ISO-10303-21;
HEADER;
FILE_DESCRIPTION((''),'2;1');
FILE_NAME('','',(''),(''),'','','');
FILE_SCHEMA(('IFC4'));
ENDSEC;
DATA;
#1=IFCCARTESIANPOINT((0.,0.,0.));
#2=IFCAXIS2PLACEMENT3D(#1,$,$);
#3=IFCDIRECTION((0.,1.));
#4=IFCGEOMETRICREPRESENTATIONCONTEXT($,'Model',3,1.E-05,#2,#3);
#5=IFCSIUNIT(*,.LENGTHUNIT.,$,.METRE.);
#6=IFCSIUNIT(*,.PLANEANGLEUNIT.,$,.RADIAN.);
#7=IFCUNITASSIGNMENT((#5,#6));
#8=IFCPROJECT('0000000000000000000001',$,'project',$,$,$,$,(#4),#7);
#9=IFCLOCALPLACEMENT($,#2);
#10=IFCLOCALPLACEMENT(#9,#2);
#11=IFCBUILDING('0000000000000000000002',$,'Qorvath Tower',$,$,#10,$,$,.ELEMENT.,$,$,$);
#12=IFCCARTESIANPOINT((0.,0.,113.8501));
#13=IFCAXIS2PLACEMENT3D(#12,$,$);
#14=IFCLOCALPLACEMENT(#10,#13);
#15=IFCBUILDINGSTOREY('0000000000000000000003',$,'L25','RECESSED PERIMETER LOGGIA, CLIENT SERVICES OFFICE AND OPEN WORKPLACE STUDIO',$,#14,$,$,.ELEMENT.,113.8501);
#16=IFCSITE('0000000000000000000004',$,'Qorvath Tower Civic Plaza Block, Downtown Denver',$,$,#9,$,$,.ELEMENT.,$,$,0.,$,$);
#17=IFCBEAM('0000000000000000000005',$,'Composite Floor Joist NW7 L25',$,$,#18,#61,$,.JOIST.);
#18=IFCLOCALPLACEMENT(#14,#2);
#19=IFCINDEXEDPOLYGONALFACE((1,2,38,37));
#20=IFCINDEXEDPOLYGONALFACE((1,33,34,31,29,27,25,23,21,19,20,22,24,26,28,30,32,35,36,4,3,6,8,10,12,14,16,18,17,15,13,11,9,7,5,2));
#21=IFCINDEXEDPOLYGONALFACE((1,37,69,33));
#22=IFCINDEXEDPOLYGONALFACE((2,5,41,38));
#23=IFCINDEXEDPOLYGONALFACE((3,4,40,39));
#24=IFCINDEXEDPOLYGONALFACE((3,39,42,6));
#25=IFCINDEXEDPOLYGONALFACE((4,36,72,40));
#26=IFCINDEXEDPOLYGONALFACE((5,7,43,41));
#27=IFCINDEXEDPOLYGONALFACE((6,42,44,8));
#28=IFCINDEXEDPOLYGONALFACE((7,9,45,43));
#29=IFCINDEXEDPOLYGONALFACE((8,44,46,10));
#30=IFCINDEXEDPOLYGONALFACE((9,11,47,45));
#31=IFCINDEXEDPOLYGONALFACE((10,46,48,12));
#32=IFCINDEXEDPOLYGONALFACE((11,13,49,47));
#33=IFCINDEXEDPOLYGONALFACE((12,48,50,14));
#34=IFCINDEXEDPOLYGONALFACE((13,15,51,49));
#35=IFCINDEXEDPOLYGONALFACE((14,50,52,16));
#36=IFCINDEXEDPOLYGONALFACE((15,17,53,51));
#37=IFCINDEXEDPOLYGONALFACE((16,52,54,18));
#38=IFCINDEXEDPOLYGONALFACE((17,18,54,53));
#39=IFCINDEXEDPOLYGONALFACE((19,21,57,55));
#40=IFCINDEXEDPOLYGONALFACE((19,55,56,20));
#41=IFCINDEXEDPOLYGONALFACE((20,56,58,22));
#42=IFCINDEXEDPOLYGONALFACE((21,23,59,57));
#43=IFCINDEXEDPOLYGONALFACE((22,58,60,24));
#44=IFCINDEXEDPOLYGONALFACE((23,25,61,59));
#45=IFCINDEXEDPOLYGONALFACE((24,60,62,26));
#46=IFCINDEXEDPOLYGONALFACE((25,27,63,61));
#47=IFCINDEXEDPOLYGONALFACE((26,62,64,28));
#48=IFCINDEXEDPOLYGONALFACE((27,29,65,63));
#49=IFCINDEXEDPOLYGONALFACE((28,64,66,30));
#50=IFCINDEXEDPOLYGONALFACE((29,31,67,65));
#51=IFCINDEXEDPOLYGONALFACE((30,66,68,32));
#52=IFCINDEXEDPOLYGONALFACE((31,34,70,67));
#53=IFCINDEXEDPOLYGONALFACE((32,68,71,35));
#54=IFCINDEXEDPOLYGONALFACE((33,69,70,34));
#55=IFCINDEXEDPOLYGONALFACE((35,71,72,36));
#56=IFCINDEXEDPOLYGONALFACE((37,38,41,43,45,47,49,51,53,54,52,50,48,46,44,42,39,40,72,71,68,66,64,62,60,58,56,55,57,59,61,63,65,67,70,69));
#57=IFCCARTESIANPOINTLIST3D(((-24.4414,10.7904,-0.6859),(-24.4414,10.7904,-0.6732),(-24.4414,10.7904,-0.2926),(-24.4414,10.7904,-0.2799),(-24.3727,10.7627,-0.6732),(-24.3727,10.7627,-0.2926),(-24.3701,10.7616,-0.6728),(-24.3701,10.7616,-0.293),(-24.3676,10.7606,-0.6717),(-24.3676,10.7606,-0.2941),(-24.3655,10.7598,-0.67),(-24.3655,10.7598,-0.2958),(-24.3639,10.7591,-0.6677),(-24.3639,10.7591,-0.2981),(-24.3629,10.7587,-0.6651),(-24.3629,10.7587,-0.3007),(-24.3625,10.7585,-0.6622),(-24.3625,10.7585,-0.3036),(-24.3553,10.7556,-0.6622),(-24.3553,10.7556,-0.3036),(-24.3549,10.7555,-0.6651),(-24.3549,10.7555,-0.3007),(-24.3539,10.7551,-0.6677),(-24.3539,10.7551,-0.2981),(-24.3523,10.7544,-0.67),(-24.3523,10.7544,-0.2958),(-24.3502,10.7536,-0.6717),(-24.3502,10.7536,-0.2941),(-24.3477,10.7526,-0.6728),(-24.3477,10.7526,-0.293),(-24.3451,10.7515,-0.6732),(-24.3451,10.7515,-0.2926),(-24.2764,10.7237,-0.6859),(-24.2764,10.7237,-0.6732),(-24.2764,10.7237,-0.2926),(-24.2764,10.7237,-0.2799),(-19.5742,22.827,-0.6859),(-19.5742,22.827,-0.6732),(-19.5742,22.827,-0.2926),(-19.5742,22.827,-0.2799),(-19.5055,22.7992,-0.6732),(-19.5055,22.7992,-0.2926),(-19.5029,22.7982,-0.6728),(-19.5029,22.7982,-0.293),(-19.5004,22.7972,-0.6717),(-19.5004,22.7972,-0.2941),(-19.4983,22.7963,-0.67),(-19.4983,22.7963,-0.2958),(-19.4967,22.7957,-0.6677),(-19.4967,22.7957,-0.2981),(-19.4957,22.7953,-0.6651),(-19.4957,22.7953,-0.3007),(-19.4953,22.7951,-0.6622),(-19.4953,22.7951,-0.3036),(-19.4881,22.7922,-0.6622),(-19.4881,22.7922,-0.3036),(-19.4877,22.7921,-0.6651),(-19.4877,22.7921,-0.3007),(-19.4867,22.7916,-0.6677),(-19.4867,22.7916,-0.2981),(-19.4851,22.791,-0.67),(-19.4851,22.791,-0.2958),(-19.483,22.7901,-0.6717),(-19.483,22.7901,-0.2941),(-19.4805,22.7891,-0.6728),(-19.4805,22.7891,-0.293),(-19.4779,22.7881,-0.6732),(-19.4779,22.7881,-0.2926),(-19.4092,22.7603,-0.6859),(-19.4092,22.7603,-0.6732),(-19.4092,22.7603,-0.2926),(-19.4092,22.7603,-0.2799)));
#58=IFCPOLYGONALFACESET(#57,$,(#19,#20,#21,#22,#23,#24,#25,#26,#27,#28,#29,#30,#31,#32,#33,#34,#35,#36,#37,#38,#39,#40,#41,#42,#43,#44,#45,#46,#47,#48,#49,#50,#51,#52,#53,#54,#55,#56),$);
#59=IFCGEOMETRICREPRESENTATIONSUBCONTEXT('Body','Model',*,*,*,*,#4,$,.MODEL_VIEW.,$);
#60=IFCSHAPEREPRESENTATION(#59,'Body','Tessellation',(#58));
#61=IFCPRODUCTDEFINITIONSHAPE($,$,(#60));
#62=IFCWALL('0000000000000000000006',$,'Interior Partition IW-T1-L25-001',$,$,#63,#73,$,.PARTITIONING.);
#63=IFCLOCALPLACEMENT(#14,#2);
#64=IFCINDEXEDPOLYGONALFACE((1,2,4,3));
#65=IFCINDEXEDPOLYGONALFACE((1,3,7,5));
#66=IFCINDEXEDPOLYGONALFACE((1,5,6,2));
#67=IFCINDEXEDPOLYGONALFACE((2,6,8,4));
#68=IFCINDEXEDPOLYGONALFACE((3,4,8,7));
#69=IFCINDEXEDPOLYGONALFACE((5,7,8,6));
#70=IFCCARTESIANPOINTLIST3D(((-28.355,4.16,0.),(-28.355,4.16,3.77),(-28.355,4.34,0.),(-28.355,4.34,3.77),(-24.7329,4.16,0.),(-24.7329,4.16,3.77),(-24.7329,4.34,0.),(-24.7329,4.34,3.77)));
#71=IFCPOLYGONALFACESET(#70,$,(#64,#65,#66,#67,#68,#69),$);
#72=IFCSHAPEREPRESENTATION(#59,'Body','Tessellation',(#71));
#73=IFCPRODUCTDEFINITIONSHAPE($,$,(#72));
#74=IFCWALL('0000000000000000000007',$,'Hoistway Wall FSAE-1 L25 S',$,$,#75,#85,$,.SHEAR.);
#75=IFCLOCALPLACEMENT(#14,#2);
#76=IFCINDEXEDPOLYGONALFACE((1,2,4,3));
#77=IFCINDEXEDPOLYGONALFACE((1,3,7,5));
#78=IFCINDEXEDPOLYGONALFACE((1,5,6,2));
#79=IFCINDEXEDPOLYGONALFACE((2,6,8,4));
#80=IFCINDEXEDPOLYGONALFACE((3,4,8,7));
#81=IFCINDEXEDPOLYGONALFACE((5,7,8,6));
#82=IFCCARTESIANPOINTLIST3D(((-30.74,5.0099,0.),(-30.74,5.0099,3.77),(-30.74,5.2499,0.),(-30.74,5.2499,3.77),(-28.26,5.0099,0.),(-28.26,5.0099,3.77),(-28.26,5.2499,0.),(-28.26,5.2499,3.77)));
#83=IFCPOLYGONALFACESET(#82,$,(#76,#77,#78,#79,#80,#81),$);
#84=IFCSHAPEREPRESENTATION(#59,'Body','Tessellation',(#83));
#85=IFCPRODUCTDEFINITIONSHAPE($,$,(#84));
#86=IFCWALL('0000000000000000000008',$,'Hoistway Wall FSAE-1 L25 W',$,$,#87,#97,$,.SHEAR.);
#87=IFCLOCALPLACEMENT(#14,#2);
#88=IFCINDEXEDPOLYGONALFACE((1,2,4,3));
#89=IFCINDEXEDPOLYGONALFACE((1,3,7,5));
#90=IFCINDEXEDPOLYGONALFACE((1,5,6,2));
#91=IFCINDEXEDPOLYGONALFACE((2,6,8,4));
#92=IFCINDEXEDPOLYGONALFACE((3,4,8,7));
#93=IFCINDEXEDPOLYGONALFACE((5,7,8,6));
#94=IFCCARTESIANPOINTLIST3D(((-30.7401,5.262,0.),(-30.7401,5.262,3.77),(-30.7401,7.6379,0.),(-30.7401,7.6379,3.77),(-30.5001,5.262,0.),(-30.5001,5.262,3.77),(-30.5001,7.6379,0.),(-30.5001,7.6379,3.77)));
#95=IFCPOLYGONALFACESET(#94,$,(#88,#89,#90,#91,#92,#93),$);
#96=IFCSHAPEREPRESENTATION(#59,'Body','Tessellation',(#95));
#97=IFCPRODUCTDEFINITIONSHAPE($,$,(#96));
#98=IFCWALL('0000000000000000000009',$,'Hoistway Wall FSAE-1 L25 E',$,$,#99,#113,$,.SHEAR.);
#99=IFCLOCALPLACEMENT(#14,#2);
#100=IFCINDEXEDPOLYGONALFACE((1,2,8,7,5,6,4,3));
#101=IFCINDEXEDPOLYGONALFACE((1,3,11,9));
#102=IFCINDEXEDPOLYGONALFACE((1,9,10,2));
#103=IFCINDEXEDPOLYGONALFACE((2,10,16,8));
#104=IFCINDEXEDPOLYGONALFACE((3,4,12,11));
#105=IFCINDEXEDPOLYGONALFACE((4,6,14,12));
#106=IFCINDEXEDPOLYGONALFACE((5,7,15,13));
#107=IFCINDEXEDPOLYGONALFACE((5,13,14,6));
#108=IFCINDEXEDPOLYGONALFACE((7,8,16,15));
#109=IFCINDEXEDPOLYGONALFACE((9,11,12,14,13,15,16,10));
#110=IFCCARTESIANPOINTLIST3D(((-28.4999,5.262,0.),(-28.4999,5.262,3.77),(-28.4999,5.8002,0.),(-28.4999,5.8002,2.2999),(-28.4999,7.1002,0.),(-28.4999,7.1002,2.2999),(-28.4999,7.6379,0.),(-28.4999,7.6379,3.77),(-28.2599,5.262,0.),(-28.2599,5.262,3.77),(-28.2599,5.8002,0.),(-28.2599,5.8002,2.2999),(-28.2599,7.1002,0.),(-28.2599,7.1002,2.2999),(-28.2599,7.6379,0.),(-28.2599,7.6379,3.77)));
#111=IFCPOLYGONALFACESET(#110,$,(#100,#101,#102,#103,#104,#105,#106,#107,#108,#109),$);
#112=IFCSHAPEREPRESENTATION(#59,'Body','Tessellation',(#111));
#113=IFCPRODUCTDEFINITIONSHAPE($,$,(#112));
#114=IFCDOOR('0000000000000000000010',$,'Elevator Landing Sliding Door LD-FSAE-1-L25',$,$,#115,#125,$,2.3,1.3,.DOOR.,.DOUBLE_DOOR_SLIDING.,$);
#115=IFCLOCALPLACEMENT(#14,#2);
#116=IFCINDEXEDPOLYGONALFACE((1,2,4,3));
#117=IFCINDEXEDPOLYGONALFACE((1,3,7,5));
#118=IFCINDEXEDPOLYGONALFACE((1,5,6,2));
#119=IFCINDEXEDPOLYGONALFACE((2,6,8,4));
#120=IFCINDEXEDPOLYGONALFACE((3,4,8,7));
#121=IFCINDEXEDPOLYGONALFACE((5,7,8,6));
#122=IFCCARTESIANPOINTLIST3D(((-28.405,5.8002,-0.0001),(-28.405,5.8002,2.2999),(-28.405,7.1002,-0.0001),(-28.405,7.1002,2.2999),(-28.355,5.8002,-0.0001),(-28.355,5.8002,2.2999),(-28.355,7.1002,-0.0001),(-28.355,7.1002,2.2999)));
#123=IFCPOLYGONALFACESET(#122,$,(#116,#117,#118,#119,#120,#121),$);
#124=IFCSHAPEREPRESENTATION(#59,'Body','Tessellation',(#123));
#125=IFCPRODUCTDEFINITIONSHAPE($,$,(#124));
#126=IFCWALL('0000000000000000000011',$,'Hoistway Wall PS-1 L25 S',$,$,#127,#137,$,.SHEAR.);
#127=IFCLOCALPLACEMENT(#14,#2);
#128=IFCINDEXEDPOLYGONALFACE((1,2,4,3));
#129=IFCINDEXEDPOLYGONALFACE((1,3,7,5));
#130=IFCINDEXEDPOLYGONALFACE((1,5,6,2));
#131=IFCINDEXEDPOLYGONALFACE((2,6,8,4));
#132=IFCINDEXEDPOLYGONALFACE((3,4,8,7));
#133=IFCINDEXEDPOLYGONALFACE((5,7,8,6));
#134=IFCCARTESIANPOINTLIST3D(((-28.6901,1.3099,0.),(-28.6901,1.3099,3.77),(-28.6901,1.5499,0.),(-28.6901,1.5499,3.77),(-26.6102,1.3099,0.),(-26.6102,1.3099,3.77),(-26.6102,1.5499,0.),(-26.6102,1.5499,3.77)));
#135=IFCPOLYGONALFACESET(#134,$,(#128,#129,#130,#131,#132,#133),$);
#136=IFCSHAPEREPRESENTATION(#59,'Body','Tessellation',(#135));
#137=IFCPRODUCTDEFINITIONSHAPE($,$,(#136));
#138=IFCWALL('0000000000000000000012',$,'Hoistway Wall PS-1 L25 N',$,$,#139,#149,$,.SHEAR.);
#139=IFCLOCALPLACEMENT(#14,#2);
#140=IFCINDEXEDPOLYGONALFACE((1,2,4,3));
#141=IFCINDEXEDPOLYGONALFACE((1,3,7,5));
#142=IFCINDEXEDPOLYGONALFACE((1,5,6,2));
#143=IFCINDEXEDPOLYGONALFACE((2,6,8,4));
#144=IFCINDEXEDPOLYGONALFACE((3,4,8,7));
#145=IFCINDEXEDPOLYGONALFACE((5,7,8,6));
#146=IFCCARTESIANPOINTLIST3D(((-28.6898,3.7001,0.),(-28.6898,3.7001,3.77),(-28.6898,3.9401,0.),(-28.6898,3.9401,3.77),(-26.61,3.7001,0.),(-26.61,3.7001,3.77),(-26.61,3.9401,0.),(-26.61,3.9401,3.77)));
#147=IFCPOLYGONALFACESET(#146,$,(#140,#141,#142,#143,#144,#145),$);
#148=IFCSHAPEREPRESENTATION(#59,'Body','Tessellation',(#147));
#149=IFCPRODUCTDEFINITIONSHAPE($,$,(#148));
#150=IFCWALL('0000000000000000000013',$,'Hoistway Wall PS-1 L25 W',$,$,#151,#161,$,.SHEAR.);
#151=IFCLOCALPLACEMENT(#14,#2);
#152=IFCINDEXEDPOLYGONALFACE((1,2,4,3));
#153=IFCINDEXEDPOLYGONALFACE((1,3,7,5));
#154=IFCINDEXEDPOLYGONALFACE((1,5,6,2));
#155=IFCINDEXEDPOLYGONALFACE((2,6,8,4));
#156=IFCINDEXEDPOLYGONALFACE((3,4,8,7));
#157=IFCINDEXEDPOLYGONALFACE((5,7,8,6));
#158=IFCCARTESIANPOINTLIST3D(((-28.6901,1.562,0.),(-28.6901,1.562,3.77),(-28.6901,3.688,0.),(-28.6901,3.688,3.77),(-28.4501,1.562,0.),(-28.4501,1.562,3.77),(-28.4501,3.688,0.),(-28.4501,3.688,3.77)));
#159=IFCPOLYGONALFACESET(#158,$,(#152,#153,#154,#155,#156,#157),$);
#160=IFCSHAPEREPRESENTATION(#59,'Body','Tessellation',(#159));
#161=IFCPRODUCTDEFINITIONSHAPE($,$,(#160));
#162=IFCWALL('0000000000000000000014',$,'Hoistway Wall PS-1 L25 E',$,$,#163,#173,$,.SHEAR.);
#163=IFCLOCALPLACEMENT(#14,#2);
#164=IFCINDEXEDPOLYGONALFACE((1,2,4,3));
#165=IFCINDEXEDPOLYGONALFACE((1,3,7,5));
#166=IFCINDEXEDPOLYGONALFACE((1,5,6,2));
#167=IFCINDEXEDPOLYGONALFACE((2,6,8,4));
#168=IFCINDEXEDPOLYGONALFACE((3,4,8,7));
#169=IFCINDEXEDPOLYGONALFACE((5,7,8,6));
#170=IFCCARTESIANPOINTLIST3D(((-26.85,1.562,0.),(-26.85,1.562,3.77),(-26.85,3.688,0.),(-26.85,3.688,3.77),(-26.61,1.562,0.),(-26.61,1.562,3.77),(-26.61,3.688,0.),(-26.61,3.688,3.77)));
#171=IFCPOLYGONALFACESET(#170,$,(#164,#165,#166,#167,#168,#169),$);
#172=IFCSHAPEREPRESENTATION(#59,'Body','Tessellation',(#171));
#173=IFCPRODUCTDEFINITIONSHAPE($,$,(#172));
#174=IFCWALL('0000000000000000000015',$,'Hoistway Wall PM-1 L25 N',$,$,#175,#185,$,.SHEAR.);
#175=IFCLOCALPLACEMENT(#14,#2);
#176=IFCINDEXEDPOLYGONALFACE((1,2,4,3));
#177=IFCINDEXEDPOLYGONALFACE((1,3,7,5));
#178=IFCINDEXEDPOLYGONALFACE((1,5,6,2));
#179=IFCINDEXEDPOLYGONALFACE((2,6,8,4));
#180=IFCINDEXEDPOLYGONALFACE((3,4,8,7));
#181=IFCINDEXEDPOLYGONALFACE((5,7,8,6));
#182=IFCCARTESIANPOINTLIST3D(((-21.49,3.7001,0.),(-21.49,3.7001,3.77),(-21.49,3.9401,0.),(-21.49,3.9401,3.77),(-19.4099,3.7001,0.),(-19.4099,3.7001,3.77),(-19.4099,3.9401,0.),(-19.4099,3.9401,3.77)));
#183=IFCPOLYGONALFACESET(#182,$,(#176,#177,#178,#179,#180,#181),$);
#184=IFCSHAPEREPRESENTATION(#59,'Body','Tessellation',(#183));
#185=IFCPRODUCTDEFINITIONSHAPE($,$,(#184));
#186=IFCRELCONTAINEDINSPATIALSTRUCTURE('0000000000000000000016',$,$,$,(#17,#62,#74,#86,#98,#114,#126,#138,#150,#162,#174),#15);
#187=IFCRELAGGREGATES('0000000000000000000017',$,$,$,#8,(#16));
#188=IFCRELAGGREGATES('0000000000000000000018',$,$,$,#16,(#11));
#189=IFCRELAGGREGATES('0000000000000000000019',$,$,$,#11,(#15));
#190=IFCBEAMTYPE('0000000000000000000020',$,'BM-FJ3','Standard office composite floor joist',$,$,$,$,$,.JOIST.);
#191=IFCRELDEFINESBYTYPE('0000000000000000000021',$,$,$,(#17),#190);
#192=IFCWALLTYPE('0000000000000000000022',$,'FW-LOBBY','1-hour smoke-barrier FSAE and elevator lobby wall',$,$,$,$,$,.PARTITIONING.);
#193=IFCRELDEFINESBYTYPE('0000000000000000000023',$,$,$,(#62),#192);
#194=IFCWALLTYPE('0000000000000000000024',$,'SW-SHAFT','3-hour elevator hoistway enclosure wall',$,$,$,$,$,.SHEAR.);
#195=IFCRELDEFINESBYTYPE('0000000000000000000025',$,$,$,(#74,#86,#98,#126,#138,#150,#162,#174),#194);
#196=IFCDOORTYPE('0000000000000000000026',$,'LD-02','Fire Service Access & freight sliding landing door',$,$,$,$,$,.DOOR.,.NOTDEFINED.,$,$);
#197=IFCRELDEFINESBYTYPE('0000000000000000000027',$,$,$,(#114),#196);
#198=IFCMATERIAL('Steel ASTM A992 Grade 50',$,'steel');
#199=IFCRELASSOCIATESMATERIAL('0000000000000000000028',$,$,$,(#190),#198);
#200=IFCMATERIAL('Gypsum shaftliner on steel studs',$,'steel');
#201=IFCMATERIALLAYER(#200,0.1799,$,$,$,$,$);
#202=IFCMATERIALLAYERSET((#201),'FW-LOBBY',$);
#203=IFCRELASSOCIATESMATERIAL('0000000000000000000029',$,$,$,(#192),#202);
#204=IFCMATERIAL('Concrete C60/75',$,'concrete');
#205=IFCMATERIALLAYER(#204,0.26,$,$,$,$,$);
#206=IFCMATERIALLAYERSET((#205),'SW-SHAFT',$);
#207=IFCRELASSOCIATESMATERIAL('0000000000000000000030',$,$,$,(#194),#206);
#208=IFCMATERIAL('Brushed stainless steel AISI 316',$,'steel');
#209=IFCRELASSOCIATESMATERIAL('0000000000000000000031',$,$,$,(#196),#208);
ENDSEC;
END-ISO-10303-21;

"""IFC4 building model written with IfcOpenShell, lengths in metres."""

from ifc_helpers import new_model, si_unit, direction, frame, frame_2d, origin, origin_2d, place, context, subcontext, project, spatial, rectangle, i_section, extrude, material, layer, layer_set, material_profile, profile_set, type_object, element, fill, save


model = new_model("IFC4")

# Units and contexts
model_context = context("Model", 3, precision=1e-05, world=origin(), true_north=direction((0.0, 1.0)))
body_context = subcontext(model_context, "Body", "Model", "MODEL_VIEW")
ifc_project = project(units=[si_unit("LENGTHUNIT", "METRE"), si_unit("PLANEANGLEUNIT", "RADIAN")], contexts=[model_context])

# Site, building, storey
site_placement = place(None, origin())
site = spatial("IfcSite", under=ifc_project, at=site_placement, Name="Qorvath Tower Civic Plaza Block, Downtown Denver", CompositionType="ELEMENT", RefElevation=0.0)
building_placement = place(site_placement, origin())
building = spatial("IfcBuilding", under=site, at=building_placement, Name="Qorvath Tower", CompositionType="ELEMENT")
storey_placement = place(building_placement, frame((0.0, 0.0, 113.8501)))
storey = spatial("IfcBuildingStorey", under=building, at=storey_placement, Name="L25", Description="RECESSED PERIMETER LOGGIA, CLIENT SERVICES OFFICE AND OPEN WORKPLACE STUDIO", CompositionType="ELEMENT", Elevation=113.8501)

# Beam
ifc_material_1 = material(Name="Steel ASTM A992 Grade 50", Category="steel")
ifc_material_profile_1 = material_profile(ifc_material_1, i_section(OverallWidth=0.178, OverallDepth=0.406, WebThickness=0.0078, FlangeThickness=0.0127, FilletRadius=0.011, at=origin_2d()), Name="W16x40")
ifc_profile_set_1 = profile_set([ifc_material_profile_1], Name="Steel ASTM A992 Grade 50")
beam_type_1 = type_object("IfcBeamType", Name="BM-FJ3", Description="Standard office composite floor joist", PredefinedType="JOIST", material=ifc_profile_set_1)
beam_1_placement = place(storey_placement, frame((-24.3589, 10.7571, -0.4829), z_axis=(0.374877, 0.927075, 0.0), x_axis=(-0.927075, 0.374877, 0.0)))
element("IfcBeam", 1, at=beam_1_placement, inside=storey, type_object=beam_type_1, Name="Composite Floor Joist NW7 L25", PredefinedType="JOIST", context=body_context, shape_type="SweptSolid", body=[
    extrude(i_section(OverallWidth=0.178, OverallDepth=0.406, WebThickness=0.0078, FlangeThickness=0.0127, FilletRadius=0.011, at=origin_2d()), origin(), (0.0, 0.0, 1.0), 12.9834),
])

# Wall
ifc_material_2 = material(Name="Gypsum shaftliner on steel studs", Category="steel")
ifc_layer_1 = layer(ifc_material_2, 0.1799)
ifc_layer_set_1 = layer_set([ifc_layer_1], Name="FW-LOBBY")
wall_type_1 = type_object("IfcWallType", Name="FW-LOBBY", Description="1-hour smoke-barrier FSAE and elevator lobby wall", PredefinedType="PARTITIONING", material=ifc_layer_set_1)
wall_1_placement = place(storey_placement, frame((-28.355, 4.25, 0.0), z_axis=(0.0, 0.0, 1.0), x_axis=(1.0, 0.0, 0.0)))
element("IfcWall", 2, at=wall_1_placement, inside=storey, type_object=wall_type_1, Name="Interior Partition IW-T1-L25-001", PredefinedType="PARTITIONING", context=body_context, shape_type="SweptSolid", body=[
    extrude(rectangle(XDim=3.6221, YDim=0.1799, at=frame_2d((1.811, 0.0))), origin(), (0.0, 0.0, 1.0), 3.77),
])

# Walls
ifc_material_3 = material(Name="Concrete C60/75", Category="concrete")
ifc_layer_2 = layer(ifc_material_3, 0.26)
ifc_layer_set_2 = layer_set([ifc_layer_2], Name="SW-SHAFT")
wall_type_2 = type_object("IfcWallType", Name="SW-SHAFT", Description="3-hour elevator hoistway enclosure wall", PredefinedType="SHEAR", material=ifc_layer_set_2)
wall_2_placement = place(storey_placement, frame((-28.26, 5.1299, 0.0), z_axis=(0.0, 0.0, 1.0), x_axis=(-1.0, 0.0, 0.0)))
element("IfcWall", 3, at=wall_2_placement, inside=storey, type_object=wall_type_2, Name="Hoistway Wall FSAE-1 L25 S", PredefinedType="SHEAR", context=body_context, shape_type="SweptSolid", body=[
    extrude(rectangle(XDim=2.48, YDim=0.24, at=frame_2d((1.24, 0.0))), origin(), (0.0, 0.0, 1.0), 3.77),
])
wall_3_placement = place(storey_placement, frame((-30.6201, 5.262, 0.0), z_axis=(0.0, 0.0, 1.0), x_axis=(0.0, 1.0, 0.0)))
element("IfcWall", 4, at=wall_3_placement, inside=storey, type_object=wall_type_2, Name="Hoistway Wall FSAE-1 L25 W", PredefinedType="SHEAR", context=body_context, shape_type="SweptSolid", body=[
    extrude(rectangle(XDim=2.376, YDim=0.24, at=frame_2d((1.188, 0.0))), origin(), (0.0, 0.0, 1.0), 3.77),
])

# Wall, opening, door
wall_4_placement = place(storey_placement, frame((-28.3799, 7.6379, 0.0), z_axis=(0.0, 0.0, 1.0), x_axis=(0.0, -1.0, 0.0)))
wall_4 = element("IfcWall", 5, at=wall_4_placement, inside=storey, type_object=wall_type_2, Name="Hoistway Wall FSAE-1 L25 E", PredefinedType="SHEAR", context=body_context, shape_type="SweptSolid", body=[
    extrude(rectangle(XDim=2.376, YDim=0.24, at=frame_2d((1.188, 0.0))), origin(), (0.0, 0.0, 1.0), 3.77),
])
opening_1_placement = place(wall_4_placement, frame((0.5378, 0.0, 0.0)))
opening_1 = element("IfcOpeningElement", 6, at=opening_1_placement, cuts=wall_4, PredefinedType="OPENING", context=body_context, shape_type="SweptSolid", body=[
    extrude(rectangle(XDim=1.3, YDim=2.3, at=frame_2d((0.6499, 1.1499))), frame((0.0, 0.1299, 0.0), z_axis=(0.0, -1.0, 0.0), x_axis=(1.0, 0.0, 0.0)), (0.0, 0.0, 1.0), 0.26),
])
ifc_material_4 = material(Name="Brushed stainless steel AISI 316", Category="steel")
door_type_1 = type_object("IfcDoorType", Name="LD-02", Description="Fire Service Access & freight sliding landing door", OperationType="NOTDEFINED", PredefinedType="DOOR", material=ifc_material_4)
door_1_placement = place(opening_1_placement, origin())
door_1 = element("IfcDoor", 7, at=door_1_placement, inside=storey, type_object=door_type_1, Name="Elevator Landing Sliding Door LD-FSAE-1-L25", OperationType="DOUBLE_DOOR_SLIDING", OverallHeight=2.3, OverallWidth=1.3, PredefinedType="DOOR", context=body_context, shape_type="SweptSolid", body=[
    extrude(rectangle(XDim=1.3, YDim=2.3, at=frame_2d((0.6499, 1.1499))), frame((0.0, 0.0249, 0.0), z_axis=(0.0, -1.0, 0.0), x_axis=(1.0, 0.0, 0.0)), (0.0, 0.0, 1.0), 0.05),
])
fill(opening_1, door_1)

# Walls
for number, where, z_axis, x_axis, name in (
    (8, (-26.6101, 1.4299, 0.0), (0.0, 0.0, 1.0), (-1.0, 0.0, 0.0), "Hoistway Wall PS-1 L25 S"),
    (9, (-28.6899, 3.8201, 0.0), (0.0, 0.0, 1.0), (1.0, 0.0, 0.0), "Hoistway Wall PS-1 L25 N"),
):
    element("IfcWall", number, at=place(storey_placement, frame(where, z_axis=z_axis, x_axis=x_axis)), inside=storey, type_object=wall_type_2, Name=name, PredefinedType="SHEAR", context=body_context, shape_type="SweptSolid", body=[
        extrude(rectangle(XDim=2.0798, YDim=0.24, at=frame_2d((1.04, 0.0))), origin(), (0.0, 0.0, 1.0), 3.77),
    ])
for number, where, z_axis, x_axis, name in (
    (10, (-28.5701, 1.562, 0.0), (0.0, 0.0, 1.0), (0.0, 1.0, 0.0), "Hoistway Wall PS-1 L25 W"),
    (11, (-26.73, 3.688, 0.0), (0.0, 0.0, 1.0), (0.0, -1.0, 0.0), "Hoistway Wall PS-1 L25 E"),
):
    element("IfcWall", number, at=place(storey_placement, frame(where, z_axis=z_axis, x_axis=x_axis)), inside=storey, type_object=wall_type_2, Name=name, PredefinedType="SHEAR", context=body_context, shape_type="SweptSolid", body=[
        extrude(rectangle(XDim=2.126, YDim=0.24, at=frame_2d((1.063, 0.0))), origin(), (0.0, 0.0, 1.0), 3.77),
    ])
wall_5_placement = place(storey_placement, frame((-21.49, 3.8201, 0.0), z_axis=(0.0, 0.0, 1.0), x_axis=(1.0, 0.0, 0.0)))
element("IfcWall", 12, at=wall_5_placement, inside=storey, type_object=wall_type_2, Name="Hoistway Wall PM-1 L25 N", PredefinedType="SHEAR", context=body_context, shape_type="SweptSolid", body=[
    extrude(rectangle(XDim=2.0801, YDim=0.24, at=frame_2d((1.04, 0.0))), origin(), (0.0, 0.0, 1.0), 3.77),
])

save(model, "model.ifc")
